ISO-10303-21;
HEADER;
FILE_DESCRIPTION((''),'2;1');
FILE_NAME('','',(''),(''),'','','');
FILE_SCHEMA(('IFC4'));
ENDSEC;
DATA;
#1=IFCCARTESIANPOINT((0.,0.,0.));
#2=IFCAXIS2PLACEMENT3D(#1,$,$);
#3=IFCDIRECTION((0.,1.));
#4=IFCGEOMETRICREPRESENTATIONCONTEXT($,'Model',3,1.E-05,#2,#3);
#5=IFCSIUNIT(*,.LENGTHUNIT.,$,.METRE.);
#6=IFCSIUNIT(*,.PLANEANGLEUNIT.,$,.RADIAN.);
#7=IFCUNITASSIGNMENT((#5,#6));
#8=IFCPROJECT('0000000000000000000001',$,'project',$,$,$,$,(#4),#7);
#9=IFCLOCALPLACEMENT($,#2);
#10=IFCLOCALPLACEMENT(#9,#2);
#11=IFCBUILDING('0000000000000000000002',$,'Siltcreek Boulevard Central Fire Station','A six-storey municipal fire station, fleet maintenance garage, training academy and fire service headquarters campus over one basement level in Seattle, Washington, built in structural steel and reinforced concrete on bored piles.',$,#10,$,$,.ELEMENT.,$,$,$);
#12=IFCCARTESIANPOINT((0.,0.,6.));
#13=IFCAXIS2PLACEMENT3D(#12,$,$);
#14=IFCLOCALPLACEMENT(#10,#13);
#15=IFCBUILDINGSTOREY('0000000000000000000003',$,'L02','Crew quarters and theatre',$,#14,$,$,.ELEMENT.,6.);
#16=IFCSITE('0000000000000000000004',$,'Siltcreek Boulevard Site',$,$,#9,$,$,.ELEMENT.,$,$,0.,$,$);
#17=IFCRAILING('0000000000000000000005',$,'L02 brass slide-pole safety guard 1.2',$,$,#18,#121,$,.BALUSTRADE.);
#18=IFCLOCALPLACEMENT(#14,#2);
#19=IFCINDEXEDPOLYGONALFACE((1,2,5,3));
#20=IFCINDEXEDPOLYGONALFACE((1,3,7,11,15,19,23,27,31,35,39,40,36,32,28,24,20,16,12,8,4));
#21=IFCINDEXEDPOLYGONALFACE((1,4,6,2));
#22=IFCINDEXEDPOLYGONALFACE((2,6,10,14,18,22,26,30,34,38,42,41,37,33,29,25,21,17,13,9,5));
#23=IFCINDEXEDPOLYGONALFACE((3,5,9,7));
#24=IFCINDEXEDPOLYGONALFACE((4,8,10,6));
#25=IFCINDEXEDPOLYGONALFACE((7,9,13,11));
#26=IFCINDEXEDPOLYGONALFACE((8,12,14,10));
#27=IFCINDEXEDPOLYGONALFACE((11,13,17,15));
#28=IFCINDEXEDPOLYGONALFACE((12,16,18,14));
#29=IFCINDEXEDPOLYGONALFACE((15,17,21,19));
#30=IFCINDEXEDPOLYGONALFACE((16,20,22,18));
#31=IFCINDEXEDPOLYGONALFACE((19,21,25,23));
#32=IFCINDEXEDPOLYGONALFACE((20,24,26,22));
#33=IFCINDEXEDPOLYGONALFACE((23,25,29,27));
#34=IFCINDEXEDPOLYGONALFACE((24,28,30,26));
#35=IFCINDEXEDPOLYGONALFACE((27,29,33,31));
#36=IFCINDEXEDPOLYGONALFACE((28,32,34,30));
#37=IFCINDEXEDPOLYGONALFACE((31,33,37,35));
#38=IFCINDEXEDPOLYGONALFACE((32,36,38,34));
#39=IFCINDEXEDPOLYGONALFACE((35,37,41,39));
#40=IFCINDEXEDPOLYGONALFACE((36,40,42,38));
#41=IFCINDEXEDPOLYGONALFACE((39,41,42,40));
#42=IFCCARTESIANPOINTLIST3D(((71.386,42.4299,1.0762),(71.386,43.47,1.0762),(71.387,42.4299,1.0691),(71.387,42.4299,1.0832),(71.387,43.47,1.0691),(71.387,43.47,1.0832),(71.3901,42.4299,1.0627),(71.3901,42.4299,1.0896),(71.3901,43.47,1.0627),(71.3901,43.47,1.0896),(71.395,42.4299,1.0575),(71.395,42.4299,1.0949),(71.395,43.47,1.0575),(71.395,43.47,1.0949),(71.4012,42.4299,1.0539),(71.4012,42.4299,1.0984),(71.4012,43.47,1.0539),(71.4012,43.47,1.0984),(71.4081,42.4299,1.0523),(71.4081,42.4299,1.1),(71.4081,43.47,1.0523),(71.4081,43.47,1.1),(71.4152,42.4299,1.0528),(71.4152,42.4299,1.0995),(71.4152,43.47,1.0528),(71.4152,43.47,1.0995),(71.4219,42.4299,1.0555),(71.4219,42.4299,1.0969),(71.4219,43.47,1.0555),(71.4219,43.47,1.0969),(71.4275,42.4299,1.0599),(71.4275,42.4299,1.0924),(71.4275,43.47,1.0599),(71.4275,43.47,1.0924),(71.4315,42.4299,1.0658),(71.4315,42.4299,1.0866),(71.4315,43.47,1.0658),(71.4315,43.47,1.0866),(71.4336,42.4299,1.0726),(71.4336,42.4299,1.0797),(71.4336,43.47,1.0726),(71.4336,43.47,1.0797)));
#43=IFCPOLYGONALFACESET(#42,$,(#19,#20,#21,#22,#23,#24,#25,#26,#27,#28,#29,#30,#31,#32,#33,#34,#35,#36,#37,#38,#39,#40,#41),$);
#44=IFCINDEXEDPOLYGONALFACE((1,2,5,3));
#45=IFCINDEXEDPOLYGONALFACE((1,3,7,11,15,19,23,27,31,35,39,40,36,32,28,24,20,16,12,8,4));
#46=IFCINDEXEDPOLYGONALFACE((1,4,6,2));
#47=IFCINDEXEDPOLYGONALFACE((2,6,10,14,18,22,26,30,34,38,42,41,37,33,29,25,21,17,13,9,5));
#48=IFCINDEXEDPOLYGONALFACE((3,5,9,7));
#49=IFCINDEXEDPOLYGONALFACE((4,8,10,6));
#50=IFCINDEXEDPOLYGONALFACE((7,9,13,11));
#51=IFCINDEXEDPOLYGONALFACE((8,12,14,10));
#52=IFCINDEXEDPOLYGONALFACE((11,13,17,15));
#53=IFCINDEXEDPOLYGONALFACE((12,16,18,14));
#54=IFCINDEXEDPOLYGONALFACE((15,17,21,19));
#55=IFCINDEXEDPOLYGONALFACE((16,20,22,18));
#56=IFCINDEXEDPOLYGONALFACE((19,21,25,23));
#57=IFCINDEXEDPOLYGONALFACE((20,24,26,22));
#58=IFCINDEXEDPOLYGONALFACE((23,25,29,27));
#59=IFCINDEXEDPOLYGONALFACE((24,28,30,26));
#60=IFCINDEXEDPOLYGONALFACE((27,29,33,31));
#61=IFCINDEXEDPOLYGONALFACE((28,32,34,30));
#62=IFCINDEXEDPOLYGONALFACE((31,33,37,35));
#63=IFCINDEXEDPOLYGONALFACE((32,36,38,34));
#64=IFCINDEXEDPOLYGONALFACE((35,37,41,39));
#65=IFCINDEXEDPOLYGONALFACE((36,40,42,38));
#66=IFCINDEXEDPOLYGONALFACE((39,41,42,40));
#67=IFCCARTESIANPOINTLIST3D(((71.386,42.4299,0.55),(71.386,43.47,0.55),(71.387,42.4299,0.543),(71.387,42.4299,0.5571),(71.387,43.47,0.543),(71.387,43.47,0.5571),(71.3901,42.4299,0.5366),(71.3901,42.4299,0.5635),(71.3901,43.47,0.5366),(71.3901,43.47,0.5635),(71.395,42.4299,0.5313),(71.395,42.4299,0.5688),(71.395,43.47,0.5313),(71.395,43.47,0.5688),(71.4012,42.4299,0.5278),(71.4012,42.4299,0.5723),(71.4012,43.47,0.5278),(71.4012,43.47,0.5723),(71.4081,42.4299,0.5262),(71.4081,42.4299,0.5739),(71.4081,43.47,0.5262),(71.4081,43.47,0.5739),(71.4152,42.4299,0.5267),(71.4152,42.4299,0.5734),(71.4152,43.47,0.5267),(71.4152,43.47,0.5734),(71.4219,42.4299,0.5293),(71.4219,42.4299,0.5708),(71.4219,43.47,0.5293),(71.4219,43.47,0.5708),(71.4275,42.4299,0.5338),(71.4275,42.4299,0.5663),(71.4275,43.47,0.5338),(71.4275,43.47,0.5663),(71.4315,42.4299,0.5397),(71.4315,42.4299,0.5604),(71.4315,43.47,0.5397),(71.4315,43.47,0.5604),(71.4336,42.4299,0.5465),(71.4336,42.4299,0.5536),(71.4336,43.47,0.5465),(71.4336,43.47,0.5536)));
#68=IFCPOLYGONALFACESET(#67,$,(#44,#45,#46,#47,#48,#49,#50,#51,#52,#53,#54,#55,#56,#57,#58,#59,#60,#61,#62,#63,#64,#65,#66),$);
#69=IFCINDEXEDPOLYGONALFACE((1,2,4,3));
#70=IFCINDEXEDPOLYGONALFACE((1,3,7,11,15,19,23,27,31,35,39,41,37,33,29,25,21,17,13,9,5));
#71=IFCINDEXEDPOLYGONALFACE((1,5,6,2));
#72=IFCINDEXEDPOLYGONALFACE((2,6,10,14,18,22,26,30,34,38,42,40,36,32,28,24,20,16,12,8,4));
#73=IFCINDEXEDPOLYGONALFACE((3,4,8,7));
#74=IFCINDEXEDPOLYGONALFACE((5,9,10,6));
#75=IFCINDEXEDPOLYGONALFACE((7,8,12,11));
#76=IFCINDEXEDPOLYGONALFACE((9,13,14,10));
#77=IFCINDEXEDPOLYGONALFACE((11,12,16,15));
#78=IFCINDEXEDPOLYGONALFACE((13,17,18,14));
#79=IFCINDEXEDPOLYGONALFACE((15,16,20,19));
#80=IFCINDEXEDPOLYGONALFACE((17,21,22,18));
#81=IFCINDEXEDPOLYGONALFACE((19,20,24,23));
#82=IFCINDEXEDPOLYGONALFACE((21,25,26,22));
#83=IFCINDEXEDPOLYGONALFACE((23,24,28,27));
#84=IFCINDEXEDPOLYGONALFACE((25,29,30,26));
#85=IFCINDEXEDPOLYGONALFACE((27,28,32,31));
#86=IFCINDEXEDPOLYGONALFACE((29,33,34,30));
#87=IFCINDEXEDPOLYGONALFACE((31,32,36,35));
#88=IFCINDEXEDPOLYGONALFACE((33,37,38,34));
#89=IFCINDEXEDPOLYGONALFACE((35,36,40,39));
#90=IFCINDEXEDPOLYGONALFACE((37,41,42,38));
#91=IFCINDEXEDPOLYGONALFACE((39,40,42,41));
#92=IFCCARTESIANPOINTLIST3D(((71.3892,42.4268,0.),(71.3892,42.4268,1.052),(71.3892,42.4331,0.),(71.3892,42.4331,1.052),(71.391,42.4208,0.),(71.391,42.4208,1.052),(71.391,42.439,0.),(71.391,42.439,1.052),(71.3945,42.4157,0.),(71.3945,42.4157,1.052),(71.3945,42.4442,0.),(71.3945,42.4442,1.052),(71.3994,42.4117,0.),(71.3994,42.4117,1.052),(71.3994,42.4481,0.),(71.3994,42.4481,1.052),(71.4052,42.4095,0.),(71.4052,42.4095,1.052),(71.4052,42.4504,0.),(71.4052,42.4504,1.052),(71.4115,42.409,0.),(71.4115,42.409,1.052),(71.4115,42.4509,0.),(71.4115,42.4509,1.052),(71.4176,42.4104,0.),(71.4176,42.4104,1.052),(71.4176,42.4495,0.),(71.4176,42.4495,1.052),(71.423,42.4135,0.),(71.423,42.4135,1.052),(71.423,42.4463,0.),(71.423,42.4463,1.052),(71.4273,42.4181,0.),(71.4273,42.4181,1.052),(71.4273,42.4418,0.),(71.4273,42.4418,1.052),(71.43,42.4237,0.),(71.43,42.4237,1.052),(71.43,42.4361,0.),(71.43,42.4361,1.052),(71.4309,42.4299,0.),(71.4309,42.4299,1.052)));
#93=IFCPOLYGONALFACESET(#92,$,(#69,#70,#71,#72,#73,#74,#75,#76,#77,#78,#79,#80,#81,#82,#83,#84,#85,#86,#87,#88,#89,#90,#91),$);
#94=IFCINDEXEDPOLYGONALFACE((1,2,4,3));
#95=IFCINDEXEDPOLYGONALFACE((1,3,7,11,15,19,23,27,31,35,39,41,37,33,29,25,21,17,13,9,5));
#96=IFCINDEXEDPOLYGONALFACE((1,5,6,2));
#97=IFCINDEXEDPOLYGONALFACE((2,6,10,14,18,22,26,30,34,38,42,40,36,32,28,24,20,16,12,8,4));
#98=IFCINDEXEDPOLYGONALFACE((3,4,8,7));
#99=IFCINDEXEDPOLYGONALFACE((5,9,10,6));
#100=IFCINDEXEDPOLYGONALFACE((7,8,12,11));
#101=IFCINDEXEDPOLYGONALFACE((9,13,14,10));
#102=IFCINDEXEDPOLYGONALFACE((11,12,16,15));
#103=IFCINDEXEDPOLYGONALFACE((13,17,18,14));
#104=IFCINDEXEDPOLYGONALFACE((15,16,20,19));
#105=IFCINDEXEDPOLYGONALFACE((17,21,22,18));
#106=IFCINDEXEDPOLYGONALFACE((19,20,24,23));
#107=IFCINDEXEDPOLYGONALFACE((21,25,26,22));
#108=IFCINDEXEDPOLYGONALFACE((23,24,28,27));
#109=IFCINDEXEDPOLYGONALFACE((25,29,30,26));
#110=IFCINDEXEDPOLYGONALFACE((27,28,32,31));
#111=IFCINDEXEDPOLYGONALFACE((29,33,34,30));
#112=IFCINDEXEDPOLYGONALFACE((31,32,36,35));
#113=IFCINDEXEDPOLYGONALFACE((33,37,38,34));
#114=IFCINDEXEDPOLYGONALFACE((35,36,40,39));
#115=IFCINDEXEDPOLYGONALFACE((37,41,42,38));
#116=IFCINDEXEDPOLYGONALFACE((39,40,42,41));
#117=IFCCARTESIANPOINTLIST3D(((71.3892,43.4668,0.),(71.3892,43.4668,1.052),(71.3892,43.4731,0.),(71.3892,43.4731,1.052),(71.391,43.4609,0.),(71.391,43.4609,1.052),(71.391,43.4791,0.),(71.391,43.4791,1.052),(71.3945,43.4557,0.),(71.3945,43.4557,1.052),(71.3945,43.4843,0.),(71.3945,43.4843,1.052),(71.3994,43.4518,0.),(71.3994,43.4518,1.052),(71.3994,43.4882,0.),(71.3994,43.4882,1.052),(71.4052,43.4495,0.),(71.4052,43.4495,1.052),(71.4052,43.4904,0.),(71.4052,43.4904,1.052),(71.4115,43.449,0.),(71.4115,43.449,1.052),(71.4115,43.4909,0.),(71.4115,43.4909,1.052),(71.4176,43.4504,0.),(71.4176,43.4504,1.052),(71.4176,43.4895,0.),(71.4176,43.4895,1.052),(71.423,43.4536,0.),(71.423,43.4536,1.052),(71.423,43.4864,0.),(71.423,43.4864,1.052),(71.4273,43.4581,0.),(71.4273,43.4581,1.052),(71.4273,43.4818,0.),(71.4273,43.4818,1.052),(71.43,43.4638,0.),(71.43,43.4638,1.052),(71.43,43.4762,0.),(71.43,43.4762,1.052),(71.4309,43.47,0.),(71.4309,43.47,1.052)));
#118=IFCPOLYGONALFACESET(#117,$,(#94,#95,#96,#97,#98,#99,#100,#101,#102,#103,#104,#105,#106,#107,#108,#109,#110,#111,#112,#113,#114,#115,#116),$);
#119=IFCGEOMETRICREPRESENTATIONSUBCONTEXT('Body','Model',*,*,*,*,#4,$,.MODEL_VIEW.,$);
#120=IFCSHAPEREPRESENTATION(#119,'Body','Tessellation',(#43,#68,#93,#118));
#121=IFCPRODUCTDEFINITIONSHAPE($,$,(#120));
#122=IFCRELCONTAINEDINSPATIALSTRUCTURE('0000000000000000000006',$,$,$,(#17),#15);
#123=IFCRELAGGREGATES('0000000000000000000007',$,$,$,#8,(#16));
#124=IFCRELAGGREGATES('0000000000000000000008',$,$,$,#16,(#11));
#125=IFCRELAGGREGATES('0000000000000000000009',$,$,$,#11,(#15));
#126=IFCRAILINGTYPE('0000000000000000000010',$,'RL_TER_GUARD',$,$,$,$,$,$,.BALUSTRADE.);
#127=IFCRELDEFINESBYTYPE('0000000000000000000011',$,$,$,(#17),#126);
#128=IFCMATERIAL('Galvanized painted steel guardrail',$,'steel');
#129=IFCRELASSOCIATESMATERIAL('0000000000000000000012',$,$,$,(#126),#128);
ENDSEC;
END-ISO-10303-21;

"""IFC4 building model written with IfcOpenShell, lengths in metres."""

from ifc_helpers import new_model, si_unit, direction, frame, origin, origin_2d, place, context, subcontext, project, spatial, circle, extrude, material, type_object, element, save


model = new_model("IFC4")

# Units and contexts
model_context = context("Model", 3, precision=1e-05, world=origin(), true_north=direction((0.0, 1.0)))
body_context = subcontext(model_context, "Body", "Model", "MODEL_VIEW")
ifc_project = project(units=[si_unit("LENGTHUNIT", "METRE"), si_unit("PLANEANGLEUNIT", "RADIAN")], contexts=[model_context])

# Site, building, storey
site_placement = place(None, origin())
site = spatial("IfcSite", under=ifc_project, at=site_placement, Name="Siltcreek Boulevard Site", CompositionType="ELEMENT", RefElevation=0.0)
building_placement = place(site_placement, origin())
building = spatial("IfcBuilding", under=site, at=building_placement, Name="Siltcreek Boulevard Central Fire Station", Description="A six-storey municipal fire station, fleet maintenance garage, training academy and fire service headquarters campus over one basement level in Seattle, Washington, built in structural steel and reinforced concrete on bored piles.", CompositionType="ELEMENT")
storey_placement = place(building_placement, frame((0.0, 0.0, 6.0)))
storey = spatial("IfcBuildingStorey", under=building, at=storey_placement, Name="L02", Description="Crew quarters and theatre", CompositionType="ELEMENT", Elevation=6.0)

# Railing
ifc_material_1 = material(Name="Galvanized painted steel guardrail", Category="steel")
railing_type_1 = type_object("IfcRailingType", Name="RL_TER_GUARD", PredefinedType="BALUSTRADE", material=ifc_material_1)
railing_1_placement = place(storey_placement, frame((71.4099, 42.4299, 0.0)))
element("IfcRailing", 1, at=railing_1_placement, inside=storey, type_object=railing_type_1, Name="L02 brass slide-pole safety guard 1.2", PredefinedType="BALUSTRADE", context=body_context, shape_type="SweptSolid", body=[
    extrude(circle(Radius=0.0239, at=origin_2d()), frame((0.0, 0.0, 1.0762), z_axis=(0.0, 1.0, 0.0), x_axis=(-1.0, 0.0, 0.0)), (0.0, 0.0, 1.0), 1.04),
    extrude(circle(Radius=0.0239, at=origin_2d()), frame((0.0, 0.0, 0.55), z_axis=(0.0, 1.0, 0.0), x_axis=(-1.0, 0.0, 0.0)), (0.0, 0.0, 1.0), 1.04),
    extrude(circle(Radius=0.021, at=origin_2d()), origin(), (0.0, 0.0, 1.0), 1.052),
    extrude(circle(Radius=0.021, at=origin_2d()), frame((0.0, 1.04, 0.0)), (0.0, 0.0, 1.0), 1.052),
])

save(model, "model.ifc")
